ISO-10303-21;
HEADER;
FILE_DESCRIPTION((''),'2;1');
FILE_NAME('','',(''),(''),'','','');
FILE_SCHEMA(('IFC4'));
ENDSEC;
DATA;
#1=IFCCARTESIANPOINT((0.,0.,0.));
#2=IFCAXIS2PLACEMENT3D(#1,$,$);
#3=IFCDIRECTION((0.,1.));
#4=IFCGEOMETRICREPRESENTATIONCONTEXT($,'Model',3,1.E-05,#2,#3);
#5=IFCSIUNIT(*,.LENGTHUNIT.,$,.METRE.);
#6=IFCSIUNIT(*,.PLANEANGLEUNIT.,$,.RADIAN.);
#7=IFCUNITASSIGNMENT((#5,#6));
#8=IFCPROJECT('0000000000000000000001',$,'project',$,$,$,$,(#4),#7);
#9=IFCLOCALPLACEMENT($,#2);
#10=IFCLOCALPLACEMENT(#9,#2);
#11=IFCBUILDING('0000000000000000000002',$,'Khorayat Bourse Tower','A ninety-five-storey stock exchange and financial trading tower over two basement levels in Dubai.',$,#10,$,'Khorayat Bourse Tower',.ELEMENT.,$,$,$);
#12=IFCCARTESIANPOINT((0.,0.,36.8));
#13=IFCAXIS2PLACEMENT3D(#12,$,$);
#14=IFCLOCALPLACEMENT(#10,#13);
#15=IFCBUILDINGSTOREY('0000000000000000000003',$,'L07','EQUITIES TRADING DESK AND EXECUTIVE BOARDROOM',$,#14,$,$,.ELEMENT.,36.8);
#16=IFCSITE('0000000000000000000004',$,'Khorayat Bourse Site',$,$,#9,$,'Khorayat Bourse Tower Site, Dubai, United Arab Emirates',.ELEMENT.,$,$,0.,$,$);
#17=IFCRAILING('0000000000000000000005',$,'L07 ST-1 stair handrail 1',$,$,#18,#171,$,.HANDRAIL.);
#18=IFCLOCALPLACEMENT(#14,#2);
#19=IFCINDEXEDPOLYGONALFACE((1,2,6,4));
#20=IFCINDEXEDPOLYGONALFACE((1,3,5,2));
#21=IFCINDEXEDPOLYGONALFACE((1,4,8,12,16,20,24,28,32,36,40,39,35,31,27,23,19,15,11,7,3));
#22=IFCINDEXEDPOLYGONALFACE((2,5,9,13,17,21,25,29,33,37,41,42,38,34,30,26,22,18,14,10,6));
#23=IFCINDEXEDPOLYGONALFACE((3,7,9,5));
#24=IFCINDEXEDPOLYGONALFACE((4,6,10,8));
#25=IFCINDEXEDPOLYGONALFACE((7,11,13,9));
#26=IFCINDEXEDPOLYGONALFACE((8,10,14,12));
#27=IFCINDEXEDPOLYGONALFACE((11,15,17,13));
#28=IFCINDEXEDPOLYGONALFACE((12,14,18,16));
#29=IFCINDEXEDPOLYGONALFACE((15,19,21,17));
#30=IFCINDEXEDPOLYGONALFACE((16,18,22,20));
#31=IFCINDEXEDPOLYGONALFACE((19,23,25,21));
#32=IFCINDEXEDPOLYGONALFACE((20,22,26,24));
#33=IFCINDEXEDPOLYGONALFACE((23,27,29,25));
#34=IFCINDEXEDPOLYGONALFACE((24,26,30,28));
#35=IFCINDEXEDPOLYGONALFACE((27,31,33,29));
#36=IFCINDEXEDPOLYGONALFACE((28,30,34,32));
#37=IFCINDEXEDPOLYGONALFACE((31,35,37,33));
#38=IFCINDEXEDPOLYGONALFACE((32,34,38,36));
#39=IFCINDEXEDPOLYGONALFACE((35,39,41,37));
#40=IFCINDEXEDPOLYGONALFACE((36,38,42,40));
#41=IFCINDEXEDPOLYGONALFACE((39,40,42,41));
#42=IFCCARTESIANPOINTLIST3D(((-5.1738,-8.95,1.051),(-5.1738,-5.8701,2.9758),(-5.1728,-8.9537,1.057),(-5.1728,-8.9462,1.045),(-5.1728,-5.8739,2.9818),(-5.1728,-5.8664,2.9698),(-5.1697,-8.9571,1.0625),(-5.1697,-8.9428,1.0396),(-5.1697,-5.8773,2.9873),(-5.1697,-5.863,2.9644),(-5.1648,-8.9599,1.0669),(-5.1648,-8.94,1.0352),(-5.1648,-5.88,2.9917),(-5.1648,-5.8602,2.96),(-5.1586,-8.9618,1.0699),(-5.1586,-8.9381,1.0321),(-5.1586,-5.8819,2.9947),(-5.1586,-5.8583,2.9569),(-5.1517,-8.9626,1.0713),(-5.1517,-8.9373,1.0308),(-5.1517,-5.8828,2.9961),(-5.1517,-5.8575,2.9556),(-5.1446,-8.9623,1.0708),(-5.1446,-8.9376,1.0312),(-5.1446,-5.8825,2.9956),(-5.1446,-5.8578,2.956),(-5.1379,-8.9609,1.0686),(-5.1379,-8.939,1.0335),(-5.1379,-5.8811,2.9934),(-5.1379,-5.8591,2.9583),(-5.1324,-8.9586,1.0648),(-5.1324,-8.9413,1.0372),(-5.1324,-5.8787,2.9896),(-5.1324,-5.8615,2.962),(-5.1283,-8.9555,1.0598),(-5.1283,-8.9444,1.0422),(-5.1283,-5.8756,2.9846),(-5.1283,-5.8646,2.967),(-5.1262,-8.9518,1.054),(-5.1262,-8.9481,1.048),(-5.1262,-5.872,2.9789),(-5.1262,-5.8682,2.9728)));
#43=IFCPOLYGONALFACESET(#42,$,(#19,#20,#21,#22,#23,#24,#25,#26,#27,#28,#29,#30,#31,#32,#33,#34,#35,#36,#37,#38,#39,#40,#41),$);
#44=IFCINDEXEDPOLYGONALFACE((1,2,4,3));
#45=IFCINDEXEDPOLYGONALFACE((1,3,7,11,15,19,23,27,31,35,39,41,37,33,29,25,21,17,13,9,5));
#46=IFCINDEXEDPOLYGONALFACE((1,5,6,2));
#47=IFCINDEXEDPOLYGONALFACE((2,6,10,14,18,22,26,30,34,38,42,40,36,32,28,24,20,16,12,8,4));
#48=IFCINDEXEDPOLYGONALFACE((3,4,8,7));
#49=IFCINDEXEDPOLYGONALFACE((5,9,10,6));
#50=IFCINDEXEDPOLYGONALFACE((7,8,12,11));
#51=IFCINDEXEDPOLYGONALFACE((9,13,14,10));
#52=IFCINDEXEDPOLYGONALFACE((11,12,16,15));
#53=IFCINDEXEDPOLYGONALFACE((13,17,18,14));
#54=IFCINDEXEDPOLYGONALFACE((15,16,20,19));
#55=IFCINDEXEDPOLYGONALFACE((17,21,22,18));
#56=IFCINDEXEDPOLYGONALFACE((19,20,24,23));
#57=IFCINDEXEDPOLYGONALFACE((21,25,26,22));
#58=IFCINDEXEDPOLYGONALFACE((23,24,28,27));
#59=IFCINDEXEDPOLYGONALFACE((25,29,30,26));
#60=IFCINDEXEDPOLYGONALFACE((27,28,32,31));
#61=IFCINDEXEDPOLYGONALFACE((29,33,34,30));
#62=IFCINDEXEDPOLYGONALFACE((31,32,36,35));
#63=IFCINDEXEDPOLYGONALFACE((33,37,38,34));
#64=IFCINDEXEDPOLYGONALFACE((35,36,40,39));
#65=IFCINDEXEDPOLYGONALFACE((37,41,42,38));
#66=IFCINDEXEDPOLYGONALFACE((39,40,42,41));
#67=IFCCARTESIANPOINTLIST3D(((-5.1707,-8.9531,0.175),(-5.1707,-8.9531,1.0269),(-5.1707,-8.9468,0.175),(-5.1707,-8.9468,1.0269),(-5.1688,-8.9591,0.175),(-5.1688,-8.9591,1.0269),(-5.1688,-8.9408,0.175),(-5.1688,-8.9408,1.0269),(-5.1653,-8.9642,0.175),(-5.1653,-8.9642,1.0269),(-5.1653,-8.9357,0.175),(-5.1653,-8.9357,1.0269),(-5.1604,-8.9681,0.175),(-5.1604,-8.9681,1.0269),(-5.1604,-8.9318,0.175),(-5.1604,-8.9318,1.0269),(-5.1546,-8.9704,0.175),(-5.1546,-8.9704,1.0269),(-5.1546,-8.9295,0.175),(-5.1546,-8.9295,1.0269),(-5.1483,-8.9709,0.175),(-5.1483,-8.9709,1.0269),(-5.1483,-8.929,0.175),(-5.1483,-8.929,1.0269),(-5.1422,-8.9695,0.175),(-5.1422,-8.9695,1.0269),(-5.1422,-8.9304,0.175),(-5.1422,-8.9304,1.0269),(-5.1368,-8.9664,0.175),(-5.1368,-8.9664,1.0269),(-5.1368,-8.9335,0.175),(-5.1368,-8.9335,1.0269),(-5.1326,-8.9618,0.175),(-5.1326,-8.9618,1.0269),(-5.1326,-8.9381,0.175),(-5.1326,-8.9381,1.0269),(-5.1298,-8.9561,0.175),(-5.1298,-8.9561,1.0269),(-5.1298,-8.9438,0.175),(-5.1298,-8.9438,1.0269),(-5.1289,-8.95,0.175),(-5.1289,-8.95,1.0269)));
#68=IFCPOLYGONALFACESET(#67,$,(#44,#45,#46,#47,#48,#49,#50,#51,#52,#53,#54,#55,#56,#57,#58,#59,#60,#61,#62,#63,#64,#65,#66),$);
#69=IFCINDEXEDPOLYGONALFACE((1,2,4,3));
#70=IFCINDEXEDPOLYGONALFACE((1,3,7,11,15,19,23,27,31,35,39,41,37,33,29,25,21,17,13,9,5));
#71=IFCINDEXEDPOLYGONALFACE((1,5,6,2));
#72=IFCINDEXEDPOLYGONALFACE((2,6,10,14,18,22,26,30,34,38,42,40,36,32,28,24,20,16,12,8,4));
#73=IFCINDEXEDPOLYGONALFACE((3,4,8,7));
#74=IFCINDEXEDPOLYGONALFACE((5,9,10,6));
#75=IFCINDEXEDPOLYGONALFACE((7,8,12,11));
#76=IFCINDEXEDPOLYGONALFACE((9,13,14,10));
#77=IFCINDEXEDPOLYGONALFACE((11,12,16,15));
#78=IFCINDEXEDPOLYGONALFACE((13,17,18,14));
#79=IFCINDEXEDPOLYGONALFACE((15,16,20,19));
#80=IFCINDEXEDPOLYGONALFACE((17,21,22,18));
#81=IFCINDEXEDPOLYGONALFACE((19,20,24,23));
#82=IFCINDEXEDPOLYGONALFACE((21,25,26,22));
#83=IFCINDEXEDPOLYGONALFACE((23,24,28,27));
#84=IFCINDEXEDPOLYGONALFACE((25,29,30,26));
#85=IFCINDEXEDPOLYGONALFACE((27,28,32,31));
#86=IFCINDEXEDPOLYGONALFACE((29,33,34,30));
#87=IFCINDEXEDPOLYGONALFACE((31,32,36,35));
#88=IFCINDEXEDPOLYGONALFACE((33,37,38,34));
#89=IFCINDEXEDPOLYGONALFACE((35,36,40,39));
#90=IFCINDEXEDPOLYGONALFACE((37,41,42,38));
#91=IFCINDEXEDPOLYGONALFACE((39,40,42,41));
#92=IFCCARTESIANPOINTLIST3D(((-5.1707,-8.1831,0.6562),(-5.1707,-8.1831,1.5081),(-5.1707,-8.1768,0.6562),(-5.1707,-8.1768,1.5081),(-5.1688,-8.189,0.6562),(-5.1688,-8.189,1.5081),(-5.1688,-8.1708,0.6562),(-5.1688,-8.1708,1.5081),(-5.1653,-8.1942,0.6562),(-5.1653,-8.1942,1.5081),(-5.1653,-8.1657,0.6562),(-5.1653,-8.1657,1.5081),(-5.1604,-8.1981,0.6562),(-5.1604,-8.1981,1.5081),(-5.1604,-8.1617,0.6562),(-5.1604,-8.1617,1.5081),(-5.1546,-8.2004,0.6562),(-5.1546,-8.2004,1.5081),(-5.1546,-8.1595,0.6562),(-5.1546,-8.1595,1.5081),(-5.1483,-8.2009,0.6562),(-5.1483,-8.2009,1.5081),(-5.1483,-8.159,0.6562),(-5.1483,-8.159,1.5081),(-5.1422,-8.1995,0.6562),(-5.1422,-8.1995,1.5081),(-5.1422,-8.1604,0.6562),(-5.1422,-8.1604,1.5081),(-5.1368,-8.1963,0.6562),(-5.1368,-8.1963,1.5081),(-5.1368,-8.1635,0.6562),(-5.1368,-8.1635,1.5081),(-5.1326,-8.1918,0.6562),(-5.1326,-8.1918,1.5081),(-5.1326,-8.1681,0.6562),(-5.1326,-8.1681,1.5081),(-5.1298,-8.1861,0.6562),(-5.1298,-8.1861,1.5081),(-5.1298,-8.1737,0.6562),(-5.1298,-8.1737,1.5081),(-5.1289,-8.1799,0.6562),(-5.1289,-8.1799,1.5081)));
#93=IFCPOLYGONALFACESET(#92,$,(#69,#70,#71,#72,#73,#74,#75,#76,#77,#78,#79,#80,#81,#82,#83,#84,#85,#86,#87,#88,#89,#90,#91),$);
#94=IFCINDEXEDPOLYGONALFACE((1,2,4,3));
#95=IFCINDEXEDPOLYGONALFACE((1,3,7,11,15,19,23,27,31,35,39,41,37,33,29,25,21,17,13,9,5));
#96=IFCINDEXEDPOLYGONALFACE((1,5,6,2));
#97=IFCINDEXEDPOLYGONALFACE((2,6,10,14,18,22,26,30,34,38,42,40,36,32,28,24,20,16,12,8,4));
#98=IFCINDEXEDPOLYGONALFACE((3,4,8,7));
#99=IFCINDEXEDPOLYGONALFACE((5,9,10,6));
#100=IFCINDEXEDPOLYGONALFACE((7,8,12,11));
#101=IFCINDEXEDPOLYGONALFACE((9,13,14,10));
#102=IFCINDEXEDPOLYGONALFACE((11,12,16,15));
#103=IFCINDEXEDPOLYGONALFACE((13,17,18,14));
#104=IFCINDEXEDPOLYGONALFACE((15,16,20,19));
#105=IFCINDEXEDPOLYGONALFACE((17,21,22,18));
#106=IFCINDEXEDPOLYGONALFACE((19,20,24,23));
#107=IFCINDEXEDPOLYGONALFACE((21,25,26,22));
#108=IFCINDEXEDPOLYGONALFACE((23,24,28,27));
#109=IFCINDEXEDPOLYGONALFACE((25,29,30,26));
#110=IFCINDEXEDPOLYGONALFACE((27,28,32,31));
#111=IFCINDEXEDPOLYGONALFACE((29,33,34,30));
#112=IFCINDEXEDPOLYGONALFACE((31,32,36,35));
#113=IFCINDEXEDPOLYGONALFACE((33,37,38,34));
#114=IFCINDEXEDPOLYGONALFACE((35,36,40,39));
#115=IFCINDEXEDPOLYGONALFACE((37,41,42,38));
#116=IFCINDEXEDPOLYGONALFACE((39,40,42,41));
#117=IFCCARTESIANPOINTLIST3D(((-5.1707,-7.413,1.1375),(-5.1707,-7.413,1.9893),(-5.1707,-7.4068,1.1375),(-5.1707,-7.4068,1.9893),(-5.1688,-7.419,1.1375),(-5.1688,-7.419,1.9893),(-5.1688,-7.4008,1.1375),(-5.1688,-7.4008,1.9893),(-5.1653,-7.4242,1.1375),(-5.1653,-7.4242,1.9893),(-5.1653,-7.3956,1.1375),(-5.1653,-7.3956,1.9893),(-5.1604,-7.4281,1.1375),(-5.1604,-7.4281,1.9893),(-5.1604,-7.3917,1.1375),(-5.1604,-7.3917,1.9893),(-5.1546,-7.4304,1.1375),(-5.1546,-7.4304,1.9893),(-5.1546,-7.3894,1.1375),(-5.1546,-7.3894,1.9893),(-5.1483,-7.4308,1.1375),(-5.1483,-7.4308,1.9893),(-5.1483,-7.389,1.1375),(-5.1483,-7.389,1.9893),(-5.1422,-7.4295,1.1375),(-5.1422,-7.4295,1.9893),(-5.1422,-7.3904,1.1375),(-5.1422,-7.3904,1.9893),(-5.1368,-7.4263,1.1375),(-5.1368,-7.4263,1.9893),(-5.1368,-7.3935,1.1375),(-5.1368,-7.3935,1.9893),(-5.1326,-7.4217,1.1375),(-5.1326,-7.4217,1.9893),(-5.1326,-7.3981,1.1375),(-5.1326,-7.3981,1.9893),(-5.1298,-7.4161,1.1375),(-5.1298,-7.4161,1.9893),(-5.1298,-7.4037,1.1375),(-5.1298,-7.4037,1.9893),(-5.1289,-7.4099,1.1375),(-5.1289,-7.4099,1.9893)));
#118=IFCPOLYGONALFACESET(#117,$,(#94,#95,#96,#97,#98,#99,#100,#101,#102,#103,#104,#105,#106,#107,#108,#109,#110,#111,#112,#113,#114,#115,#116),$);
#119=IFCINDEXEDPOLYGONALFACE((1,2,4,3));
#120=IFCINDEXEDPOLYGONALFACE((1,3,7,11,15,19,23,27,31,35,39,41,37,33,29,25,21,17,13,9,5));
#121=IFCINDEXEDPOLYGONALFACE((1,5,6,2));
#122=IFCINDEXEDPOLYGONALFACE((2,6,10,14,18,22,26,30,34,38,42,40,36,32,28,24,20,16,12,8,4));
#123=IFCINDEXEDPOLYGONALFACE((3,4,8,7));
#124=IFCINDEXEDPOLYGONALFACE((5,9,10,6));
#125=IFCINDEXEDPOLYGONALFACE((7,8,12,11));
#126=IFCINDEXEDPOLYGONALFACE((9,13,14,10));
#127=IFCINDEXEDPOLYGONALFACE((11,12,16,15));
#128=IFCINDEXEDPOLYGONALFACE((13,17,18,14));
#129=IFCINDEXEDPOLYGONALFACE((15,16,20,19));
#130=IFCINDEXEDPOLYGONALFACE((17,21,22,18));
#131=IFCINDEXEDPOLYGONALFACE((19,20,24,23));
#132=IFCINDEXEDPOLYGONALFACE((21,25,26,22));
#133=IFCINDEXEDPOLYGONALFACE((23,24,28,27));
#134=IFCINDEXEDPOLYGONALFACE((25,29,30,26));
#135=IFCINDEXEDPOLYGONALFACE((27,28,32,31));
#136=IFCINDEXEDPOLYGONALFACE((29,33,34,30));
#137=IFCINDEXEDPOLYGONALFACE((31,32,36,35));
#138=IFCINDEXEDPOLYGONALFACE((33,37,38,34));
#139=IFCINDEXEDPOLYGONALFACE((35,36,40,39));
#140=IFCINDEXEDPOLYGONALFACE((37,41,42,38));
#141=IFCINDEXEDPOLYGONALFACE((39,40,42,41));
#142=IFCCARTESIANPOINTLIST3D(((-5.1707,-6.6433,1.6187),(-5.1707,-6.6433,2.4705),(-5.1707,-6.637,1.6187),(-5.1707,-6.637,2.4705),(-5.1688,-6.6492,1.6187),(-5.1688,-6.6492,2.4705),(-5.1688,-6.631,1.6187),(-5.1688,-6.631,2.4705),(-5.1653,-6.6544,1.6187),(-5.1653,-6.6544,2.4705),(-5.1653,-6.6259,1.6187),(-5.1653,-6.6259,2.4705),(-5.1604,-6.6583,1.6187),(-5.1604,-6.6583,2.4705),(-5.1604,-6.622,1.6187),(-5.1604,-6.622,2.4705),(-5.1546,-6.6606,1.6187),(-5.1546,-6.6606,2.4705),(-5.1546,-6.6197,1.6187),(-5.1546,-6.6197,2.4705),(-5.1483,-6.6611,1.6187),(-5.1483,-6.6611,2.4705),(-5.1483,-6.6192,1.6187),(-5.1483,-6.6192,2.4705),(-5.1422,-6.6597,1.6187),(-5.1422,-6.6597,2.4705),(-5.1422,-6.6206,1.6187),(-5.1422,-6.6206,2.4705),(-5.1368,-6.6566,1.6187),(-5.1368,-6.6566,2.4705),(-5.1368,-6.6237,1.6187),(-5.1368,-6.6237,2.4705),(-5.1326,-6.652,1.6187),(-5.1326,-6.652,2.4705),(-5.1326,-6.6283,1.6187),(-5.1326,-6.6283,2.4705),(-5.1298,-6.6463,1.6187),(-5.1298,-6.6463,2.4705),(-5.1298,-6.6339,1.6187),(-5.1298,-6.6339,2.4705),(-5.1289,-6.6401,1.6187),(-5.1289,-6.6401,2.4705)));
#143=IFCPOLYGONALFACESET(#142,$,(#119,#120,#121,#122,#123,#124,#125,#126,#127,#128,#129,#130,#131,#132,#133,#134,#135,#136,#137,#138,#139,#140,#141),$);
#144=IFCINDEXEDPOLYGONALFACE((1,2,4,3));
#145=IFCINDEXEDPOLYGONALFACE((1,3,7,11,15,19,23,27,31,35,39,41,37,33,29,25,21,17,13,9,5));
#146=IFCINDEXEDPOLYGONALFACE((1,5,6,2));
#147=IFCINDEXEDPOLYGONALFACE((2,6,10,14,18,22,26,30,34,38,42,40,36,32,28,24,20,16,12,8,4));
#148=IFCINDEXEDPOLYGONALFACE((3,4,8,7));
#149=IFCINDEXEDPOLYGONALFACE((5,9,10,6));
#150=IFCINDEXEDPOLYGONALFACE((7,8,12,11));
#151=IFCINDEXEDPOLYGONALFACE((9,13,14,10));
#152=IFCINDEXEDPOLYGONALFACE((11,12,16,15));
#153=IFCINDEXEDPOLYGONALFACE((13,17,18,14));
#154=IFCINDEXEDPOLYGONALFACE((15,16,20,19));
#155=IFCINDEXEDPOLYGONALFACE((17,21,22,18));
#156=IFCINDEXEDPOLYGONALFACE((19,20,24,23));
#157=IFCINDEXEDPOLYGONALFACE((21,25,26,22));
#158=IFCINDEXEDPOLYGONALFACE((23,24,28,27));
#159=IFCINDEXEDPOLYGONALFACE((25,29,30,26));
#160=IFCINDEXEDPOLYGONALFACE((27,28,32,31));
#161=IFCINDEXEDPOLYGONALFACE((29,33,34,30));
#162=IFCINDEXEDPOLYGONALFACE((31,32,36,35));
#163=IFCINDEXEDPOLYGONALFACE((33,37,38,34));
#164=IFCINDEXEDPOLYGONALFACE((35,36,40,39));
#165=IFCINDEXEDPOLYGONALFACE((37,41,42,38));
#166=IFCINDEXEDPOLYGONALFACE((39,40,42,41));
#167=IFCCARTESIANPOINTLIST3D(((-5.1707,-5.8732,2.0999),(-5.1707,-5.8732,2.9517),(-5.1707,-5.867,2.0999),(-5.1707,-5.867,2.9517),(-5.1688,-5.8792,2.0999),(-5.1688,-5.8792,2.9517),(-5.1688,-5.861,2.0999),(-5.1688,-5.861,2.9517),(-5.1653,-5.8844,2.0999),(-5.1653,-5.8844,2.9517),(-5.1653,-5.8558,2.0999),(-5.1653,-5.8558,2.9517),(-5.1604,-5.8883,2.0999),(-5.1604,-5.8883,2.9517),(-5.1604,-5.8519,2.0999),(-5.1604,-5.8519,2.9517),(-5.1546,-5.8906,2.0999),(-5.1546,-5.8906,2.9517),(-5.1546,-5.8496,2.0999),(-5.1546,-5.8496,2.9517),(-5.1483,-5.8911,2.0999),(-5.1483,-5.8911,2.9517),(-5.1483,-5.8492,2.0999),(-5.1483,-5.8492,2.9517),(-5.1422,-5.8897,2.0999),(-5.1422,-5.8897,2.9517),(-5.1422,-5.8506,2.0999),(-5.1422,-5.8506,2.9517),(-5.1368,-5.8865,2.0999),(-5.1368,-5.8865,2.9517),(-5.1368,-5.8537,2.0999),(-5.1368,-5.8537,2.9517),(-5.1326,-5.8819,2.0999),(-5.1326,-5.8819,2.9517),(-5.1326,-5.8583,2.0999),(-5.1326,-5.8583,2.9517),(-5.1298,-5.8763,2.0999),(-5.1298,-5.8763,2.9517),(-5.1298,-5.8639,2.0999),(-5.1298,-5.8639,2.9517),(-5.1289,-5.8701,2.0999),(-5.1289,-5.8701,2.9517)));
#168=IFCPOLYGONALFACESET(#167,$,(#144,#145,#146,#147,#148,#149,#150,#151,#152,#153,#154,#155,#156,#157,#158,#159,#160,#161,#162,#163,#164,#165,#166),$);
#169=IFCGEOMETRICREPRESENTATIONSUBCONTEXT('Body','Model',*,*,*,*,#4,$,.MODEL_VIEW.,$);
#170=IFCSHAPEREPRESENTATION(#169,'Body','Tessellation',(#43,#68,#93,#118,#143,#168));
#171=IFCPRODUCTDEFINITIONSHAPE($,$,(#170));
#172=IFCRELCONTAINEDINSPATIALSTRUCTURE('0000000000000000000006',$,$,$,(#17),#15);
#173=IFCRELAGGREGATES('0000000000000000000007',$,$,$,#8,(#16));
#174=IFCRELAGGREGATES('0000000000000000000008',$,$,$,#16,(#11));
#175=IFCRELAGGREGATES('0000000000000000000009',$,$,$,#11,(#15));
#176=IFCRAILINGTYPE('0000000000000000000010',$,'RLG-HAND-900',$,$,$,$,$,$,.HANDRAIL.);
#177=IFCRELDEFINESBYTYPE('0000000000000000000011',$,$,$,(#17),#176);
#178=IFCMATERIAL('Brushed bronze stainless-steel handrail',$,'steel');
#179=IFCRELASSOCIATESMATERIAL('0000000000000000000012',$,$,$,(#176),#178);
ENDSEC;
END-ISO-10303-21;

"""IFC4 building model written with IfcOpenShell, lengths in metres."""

from ifc_helpers import new_model, si_unit, direction, frame, origin, origin_2d, place, context, subcontext, project, spatial, circle, extrude, source, transform, mapped, material, type_object, element, save


model = new_model("IFC4")

# Units and contexts
model_context = context("Model", 3, precision=1e-05, world=origin(), true_north=direction((0.0, 1.0)))
body_context = subcontext(model_context, "Body", "Model", "MODEL_VIEW")
ifc_project = project(units=[si_unit("LENGTHUNIT", "METRE"), si_unit("PLANEANGLEUNIT", "RADIAN")], contexts=[model_context])

# Site, building, storey
site_placement = place(None, origin())
site = spatial("IfcSite", under=ifc_project, at=site_placement, Name="Khorayat Bourse Site", LongName="Khorayat Bourse Tower Site, Dubai, United Arab Emirates", CompositionType="ELEMENT", RefElevation=0.0)
building_placement = place(site_placement, origin())
building = spatial("IfcBuilding", under=site, at=building_placement, Name="Khorayat Bourse Tower", Description="A ninety-five-storey stock exchange and financial trading tower over two basement levels in Dubai.", LongName="Khorayat Bourse Tower", CompositionType="ELEMENT")
storey_placement = place(building_placement, frame((0.0, 0.0, 36.8)))
storey = spatial("IfcBuildingStorey", under=building, at=storey_placement, Name="L07", Description="EQUITIES TRADING DESK AND EXECUTIVE BOARDROOM", CompositionType="ELEMENT", Elevation=36.8)

# Railing
ifc_material_1 = material(Name="Brushed bronze stainless-steel handrail", Category="steel")
railing_type_1 = type_object("IfcRailingType", Name="RLG-HAND-900", PredefinedType="HANDRAIL", material=ifc_material_1)
shared_shape_1 = source(origin(), body_context, "Body", "SweptSolid", [
    extrude(circle(Radius=0.0239, at=origin_2d()), frame((0.0, 0.0, 0.876), z_axis=(0.0, 0.84801, 0.529981), x_axis=(-1.0, 0.0, 0.0)), (0.0, 0.0, 1.0), 3.6318),
    extrude(circle(Radius=0.021, at=origin_2d()), origin(), (0.0, 0.0, 1.0), 0.8518),
    extrude(circle(Radius=0.021, at=origin_2d()), frame((0.0, 0.77, 0.4812)), (0.0, 0.0, 1.0), 0.8518),
    extrude(circle(Radius=0.021, at=origin_2d()), frame((0.0, 1.54, 0.9624)), (0.0, 0.0, 1.0), 0.8518),
    extrude(circle(Radius=0.021, at=origin_2d()), frame((0.0, 2.3098, 1.4436)), (0.0, 0.0, 1.0), 0.8518),
    extrude(circle(Radius=0.021, at=origin_2d()), frame((0.0, 3.0798, 1.9248)), (0.0, 0.0, 1.0), 0.8518),
])
railing_1_placement = place(storey_placement, frame((-5.1499, -8.95, 0.175)))
element("IfcRailing", 1, at=railing_1_placement, inside=storey, type_object=railing_type_1, Name="L07 ST-1 stair handrail 1", PredefinedType="HANDRAIL", context=body_context, shape_type="MappedRepresentation", body=[
    mapped(shared_shape_1, transform((0.0, 0.0, 0.0), scale=1.0)),
])

save(model, "model.ifc")
